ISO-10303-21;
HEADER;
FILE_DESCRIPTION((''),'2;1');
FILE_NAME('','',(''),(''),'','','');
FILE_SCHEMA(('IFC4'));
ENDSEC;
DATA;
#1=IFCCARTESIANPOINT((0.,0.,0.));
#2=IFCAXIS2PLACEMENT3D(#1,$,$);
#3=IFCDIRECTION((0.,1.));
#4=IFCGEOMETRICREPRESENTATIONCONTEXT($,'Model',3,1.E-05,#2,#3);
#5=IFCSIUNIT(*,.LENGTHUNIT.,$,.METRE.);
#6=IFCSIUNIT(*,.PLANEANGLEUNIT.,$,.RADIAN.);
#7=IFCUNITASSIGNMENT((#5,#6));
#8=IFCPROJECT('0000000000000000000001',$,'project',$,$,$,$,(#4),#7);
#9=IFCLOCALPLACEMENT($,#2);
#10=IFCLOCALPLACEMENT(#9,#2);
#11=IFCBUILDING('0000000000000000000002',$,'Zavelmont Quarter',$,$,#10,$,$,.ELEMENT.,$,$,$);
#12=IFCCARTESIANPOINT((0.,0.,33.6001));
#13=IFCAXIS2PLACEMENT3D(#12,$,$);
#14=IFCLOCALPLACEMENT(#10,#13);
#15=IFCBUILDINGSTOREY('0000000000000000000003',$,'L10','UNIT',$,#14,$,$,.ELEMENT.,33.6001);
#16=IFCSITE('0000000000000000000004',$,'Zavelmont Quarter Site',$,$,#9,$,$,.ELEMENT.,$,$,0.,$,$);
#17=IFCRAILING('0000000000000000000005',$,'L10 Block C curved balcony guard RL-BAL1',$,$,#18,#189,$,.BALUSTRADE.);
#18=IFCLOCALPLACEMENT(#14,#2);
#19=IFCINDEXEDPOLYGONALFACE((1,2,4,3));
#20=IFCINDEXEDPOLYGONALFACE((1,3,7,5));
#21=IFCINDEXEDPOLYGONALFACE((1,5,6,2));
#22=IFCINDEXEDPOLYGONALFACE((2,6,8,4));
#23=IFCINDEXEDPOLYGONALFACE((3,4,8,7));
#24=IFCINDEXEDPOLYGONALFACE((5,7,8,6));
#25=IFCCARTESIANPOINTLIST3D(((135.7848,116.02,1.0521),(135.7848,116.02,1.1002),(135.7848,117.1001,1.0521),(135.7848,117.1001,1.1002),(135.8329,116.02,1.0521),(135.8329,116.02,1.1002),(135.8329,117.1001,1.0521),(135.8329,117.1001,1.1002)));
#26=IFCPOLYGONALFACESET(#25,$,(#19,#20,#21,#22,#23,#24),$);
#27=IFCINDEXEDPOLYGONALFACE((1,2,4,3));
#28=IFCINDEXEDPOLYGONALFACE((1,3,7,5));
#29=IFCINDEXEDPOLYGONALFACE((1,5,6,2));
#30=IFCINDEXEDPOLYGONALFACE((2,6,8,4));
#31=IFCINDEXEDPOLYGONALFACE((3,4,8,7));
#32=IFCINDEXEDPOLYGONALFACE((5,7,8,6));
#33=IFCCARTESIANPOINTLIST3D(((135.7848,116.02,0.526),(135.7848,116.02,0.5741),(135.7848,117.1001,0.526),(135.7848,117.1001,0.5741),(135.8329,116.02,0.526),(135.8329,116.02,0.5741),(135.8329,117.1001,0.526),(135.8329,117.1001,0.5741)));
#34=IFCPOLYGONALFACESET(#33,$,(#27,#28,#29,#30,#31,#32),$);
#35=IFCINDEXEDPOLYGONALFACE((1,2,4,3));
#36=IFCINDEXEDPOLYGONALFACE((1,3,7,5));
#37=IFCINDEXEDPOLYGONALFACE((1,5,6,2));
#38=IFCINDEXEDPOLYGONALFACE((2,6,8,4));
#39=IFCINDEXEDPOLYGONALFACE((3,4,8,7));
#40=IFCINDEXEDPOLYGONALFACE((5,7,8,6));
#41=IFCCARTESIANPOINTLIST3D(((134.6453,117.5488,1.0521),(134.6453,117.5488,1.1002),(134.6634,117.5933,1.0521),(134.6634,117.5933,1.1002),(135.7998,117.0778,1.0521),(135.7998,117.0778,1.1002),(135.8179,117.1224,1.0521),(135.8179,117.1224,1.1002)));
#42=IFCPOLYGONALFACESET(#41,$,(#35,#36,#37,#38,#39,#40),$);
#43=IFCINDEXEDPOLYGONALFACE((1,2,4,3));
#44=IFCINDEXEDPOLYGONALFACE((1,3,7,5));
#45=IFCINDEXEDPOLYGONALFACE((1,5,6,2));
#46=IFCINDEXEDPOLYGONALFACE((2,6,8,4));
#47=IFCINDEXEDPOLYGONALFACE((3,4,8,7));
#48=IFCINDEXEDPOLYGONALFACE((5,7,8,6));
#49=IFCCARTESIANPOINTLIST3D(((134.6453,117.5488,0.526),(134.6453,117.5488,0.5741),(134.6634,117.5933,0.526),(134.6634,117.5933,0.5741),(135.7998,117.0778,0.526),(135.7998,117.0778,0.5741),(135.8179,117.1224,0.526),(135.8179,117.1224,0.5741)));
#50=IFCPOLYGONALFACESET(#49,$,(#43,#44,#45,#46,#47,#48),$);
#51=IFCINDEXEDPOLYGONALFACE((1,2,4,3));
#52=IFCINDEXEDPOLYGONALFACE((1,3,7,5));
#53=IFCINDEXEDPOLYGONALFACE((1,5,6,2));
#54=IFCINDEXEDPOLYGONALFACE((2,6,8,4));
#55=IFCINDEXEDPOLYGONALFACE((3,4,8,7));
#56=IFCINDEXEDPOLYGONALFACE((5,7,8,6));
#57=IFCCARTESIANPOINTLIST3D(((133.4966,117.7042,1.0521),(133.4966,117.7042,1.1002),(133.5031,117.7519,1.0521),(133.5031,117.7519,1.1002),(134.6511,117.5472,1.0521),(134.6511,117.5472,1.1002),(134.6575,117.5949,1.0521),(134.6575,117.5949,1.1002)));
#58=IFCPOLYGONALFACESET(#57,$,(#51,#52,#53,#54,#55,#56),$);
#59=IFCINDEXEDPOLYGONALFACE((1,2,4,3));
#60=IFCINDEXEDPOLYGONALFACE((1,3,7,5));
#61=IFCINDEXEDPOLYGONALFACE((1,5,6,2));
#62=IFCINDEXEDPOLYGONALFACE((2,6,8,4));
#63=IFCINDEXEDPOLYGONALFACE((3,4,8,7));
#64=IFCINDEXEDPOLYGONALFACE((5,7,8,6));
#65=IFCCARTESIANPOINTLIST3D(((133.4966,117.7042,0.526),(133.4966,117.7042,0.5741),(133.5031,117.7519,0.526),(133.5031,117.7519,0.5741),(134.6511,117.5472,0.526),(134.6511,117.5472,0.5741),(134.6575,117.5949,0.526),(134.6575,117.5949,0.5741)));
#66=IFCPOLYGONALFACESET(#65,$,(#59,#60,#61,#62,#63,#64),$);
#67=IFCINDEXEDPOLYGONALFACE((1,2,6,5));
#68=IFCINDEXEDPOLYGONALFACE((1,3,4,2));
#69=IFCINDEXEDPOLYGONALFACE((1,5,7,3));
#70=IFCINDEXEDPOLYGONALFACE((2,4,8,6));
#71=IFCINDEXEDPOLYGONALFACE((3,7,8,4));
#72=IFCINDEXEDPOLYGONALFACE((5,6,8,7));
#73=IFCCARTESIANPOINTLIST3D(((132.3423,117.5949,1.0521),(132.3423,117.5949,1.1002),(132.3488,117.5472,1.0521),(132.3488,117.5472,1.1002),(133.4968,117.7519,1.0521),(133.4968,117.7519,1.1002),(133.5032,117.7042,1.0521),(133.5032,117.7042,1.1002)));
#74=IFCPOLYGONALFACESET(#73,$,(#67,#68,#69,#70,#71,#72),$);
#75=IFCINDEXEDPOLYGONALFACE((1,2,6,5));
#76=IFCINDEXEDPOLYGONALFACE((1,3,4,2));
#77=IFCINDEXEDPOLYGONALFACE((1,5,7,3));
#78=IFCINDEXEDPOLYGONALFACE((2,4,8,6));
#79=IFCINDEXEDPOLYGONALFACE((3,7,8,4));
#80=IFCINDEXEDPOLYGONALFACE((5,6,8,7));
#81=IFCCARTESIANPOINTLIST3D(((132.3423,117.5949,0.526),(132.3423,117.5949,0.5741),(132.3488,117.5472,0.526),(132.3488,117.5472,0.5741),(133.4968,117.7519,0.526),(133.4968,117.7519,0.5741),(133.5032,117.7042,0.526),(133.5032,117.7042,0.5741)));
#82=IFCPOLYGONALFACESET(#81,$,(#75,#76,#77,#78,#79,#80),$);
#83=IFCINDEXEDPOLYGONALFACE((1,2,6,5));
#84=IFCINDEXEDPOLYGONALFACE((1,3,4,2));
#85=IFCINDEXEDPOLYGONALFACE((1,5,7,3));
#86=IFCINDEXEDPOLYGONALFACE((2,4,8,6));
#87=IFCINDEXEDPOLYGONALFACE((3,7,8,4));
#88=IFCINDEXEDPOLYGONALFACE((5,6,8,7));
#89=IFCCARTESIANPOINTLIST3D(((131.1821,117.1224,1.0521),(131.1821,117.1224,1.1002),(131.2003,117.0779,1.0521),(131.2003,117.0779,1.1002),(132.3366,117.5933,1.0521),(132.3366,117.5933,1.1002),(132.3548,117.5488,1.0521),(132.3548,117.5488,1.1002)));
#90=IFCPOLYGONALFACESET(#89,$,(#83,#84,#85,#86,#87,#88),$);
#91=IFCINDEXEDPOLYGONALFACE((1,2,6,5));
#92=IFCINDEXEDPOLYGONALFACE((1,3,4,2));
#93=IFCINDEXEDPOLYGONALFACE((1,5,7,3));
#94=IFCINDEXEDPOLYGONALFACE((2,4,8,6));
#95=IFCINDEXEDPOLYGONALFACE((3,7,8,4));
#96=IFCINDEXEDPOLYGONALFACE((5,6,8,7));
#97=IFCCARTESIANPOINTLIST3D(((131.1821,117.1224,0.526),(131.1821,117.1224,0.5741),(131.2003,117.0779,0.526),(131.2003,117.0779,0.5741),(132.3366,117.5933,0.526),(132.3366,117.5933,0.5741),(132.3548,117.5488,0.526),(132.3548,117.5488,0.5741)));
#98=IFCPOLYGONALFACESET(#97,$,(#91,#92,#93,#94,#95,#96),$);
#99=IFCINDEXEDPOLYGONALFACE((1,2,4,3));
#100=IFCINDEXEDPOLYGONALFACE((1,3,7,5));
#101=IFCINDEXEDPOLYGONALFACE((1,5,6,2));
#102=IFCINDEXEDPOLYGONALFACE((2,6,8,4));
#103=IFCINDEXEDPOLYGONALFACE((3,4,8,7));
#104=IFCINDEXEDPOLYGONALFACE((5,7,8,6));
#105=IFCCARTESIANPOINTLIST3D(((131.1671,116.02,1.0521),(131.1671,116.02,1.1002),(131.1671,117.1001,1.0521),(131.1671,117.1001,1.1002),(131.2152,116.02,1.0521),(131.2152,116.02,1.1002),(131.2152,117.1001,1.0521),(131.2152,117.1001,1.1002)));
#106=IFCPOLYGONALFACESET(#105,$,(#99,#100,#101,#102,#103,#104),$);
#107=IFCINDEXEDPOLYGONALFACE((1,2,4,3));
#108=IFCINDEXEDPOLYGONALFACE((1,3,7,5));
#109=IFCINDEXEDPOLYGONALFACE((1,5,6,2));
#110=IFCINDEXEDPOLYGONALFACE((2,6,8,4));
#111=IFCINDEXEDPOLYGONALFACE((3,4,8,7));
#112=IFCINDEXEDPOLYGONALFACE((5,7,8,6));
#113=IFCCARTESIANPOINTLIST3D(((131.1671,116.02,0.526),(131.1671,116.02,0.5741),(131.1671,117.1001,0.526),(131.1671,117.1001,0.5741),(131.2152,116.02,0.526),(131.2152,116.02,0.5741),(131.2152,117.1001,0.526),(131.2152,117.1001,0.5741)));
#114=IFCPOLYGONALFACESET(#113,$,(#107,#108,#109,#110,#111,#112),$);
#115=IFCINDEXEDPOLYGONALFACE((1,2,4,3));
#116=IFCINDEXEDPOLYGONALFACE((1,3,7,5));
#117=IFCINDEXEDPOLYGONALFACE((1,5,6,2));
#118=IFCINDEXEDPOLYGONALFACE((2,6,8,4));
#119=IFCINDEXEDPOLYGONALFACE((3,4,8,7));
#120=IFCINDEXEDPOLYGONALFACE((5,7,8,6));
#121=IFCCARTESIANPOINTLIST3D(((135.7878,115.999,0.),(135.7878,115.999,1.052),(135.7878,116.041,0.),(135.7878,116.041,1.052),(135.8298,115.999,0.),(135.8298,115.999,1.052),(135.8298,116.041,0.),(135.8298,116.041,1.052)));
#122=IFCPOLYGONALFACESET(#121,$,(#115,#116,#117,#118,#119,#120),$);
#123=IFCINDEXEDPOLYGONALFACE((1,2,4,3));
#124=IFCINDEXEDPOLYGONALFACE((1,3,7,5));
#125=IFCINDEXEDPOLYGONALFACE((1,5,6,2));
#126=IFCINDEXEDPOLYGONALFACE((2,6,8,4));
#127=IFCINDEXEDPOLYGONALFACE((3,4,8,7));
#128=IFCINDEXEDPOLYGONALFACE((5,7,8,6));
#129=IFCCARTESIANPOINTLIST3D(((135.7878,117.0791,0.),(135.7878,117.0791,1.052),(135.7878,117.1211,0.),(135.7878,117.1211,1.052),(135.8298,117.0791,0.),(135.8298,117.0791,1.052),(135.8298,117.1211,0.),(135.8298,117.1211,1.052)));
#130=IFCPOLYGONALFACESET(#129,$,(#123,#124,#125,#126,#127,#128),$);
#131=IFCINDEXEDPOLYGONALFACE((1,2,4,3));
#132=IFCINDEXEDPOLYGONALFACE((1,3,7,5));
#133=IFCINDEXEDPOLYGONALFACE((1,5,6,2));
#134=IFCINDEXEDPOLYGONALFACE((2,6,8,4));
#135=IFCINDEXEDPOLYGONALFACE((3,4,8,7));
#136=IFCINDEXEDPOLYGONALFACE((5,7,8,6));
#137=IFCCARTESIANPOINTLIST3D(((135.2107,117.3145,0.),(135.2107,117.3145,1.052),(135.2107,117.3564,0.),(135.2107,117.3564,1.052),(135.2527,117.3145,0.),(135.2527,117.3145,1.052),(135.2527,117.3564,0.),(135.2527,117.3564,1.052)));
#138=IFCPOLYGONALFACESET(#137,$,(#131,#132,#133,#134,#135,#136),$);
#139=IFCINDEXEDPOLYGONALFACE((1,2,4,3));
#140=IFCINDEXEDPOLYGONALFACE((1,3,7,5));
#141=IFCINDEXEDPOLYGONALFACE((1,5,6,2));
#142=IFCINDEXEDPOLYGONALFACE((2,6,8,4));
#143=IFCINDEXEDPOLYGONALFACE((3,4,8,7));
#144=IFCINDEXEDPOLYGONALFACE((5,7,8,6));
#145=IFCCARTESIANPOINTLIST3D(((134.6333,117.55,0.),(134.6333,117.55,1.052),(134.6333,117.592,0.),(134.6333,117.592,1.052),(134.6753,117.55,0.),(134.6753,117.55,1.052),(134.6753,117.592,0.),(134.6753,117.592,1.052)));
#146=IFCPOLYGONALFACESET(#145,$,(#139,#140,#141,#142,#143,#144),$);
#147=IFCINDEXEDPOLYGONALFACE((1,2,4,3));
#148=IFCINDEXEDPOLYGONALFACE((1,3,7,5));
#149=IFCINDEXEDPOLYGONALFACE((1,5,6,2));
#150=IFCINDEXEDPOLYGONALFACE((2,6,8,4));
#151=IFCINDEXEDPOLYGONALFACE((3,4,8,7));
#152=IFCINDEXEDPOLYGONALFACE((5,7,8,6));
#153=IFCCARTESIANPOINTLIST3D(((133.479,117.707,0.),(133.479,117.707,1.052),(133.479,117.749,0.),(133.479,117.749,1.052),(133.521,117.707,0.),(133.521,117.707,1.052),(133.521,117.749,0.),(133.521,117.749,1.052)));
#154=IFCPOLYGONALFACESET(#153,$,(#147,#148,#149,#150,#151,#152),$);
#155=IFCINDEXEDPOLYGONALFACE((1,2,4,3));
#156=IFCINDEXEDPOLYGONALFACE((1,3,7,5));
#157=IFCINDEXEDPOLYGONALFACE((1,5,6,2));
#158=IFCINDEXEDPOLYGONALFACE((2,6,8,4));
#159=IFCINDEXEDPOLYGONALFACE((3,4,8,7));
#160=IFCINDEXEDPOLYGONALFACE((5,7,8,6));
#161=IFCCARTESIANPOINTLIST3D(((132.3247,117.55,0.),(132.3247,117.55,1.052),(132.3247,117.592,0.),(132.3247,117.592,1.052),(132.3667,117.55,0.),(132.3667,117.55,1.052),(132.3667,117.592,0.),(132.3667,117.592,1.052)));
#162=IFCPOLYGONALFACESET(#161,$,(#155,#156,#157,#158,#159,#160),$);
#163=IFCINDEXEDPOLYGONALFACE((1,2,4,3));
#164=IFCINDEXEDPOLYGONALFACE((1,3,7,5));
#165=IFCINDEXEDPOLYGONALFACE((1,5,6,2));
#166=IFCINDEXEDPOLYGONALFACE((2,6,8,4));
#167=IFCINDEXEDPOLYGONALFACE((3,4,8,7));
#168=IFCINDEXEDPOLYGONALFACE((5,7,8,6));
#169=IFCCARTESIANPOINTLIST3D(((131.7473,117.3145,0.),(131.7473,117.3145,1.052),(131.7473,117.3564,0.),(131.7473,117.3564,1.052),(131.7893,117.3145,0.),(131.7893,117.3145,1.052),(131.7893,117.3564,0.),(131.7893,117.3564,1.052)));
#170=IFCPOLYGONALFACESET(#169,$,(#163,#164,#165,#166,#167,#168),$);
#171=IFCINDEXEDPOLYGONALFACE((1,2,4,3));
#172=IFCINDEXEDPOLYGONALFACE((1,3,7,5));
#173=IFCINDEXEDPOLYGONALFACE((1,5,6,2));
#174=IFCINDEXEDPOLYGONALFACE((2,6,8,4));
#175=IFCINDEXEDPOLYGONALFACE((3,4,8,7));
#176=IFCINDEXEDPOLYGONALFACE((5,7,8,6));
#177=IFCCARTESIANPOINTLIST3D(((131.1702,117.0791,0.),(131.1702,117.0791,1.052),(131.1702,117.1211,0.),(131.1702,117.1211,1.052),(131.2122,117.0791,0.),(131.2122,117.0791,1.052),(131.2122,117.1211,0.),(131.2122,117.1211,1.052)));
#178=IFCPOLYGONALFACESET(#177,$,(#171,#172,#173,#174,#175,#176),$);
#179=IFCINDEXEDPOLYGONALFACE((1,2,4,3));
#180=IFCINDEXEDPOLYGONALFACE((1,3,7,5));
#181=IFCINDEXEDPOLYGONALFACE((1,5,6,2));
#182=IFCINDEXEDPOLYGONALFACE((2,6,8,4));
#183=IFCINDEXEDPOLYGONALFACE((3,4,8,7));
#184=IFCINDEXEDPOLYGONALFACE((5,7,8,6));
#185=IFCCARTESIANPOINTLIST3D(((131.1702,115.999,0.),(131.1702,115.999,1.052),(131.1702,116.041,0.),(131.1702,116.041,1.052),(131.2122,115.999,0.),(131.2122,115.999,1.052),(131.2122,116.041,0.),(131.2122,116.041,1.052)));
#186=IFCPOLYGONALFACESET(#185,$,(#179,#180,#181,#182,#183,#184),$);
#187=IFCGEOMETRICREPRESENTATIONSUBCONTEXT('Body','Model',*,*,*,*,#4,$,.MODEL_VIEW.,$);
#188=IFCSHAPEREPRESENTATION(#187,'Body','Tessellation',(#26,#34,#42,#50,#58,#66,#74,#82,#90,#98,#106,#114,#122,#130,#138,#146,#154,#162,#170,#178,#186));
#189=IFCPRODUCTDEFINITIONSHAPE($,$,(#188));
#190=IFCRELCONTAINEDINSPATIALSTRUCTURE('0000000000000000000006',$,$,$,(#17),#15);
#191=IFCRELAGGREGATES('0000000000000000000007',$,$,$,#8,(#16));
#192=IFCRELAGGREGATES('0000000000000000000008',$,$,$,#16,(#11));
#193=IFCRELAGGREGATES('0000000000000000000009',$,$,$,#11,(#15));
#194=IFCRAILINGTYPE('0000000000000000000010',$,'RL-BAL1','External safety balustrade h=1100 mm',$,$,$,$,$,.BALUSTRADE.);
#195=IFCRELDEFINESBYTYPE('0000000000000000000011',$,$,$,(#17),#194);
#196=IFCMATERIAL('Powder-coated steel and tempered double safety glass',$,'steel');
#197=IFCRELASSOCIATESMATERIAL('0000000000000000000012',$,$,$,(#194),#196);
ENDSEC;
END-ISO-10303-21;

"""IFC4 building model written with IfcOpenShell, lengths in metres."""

from ifc_helpers import new_model, si_unit, direction, frame, origin, origin_2d, place, context, subcontext, project, spatial, rectangle, extrude, material, type_object, element, save


model = new_model("IFC4")

# Units and contexts
model_context = context("Model", 3, precision=1e-05, world=origin(), true_north=direction((0.0, 1.0)))
body_context = subcontext(model_context, "Body", "Model", "MODEL_VIEW")
ifc_project = project(units=[si_unit("LENGTHUNIT", "METRE"), si_unit("PLANEANGLEUNIT", "RADIAN")], contexts=[model_context])

# Site, building, storey
site_placement = place(None, origin())
site = spatial("IfcSite", under=ifc_project, at=site_placement, Name="Zavelmont Quarter Site", CompositionType="ELEMENT", RefElevation=0.0)
building_placement = place(site_placement, origin())
building = spatial("IfcBuilding", under=site, at=building_placement, Name="Zavelmont Quarter", CompositionType="ELEMENT")
storey_placement = place(building_placement, frame((0.0, 0.0, 33.6001)))
storey = spatial("IfcBuildingStorey", under=building, at=storey_placement, Name="L10", Description="UNIT", CompositionType="ELEMENT", Elevation=33.6001)

# Railing
ifc_material_1 = material(Name="Powder-coated steel and tempered double safety glass", Category="steel")
railing_type = type_object("IfcRailingType", Name="RL-BAL1", Description="External safety balustrade h=1100 mm", PredefinedType="BALUSTRADE", material=ifc_material_1)
railing_placement = place(storey_placement, frame((135.8088, 116.02, 0.0)))
element("IfcRailing", 1, at=railing_placement, inside=storey, type_object=railing_type, Name="L10 Block C curved balcony guard RL-BAL1", PredefinedType="BALUSTRADE", context=body_context, shape_type="SweptSolid", body=[
    extrude(rectangle(XDim=0.0481, YDim=0.0481, at=origin_2d()), frame((0.0, 0.0, 1.0762), z_axis=(0.0, 1.0, 0.0), x_axis=(-1.0, 0.0, 0.0)), (0.0, 0.0, 1.0), 1.0801),
    extrude(rectangle(XDim=0.0481, YDim=0.0481, at=origin_2d()), frame((0.0, 0.0, 0.55), z_axis=(0.0, 1.0, 0.0), x_axis=(-1.0, 0.0, 0.0)), (0.0, 0.0, 1.0), 1.0801),
    extrude(rectangle(XDim=0.0481, YDim=0.0481, at=origin_2d()), frame((0.0, 1.0801, 1.0762), z_axis=(-0.92593, 0.377695, 0.0), x_axis=(-0.377695, -0.92593, 0.0)), (0.0, 0.0, 1.0), 1.2468),
    extrude(rectangle(XDim=0.0481, YDim=0.0481, at=origin_2d()), frame((0.0, 1.0801, 0.55), z_axis=(-0.92593, 0.377695, 0.0), x_axis=(-0.377695, -0.92593, 0.0)), (0.0, 0.0, 1.0), 1.2468),
    extrude(rectangle(XDim=0.0481, YDim=0.0481, at=origin_2d()), frame((-1.1545, 1.551, 1.0762), z_axis=(-0.990879, 0.134758, 0.0), x_axis=(-0.134758, -0.990879, 0.0)), (0.0, 0.0, 1.0), 1.165),
    extrude(rectangle(XDim=0.0481, YDim=0.0481, at=origin_2d()), frame((-1.1545, 1.551, 0.55), z_axis=(-0.990879, 0.134758, 0.0), x_axis=(-0.134758, -0.990879, 0.0)), (0.0, 0.0, 1.0), 1.165),
    extrude(rectangle(XDim=0.0481, YDim=0.0481, at=origin_2d()), frame((-2.3088, 1.708, 1.0762), z_axis=(-0.990879, -0.134758, 0.0), x_axis=(0.134758, -0.990879, 0.0)), (0.0, 0.0, 1.0), 1.165),
    extrude(rectangle(XDim=0.0481, YDim=0.0481, at=origin_2d()), frame((-2.3088, 1.708, 0.55), z_axis=(-0.990879, -0.134758, 0.0), x_axis=(0.134758, -0.990879, 0.0)), (0.0, 0.0, 1.0), 1.165),
    extrude(rectangle(XDim=0.0481, YDim=0.0481, at=origin_2d()), frame((-3.4631, 1.551, 1.0762), z_axis=(-0.92593, -0.377695, 0.0), x_axis=(0.377695, -0.92593, 0.0)), (0.0, 0.0, 1.0), 1.2468),
    extrude(rectangle(XDim=0.0481, YDim=0.0481, at=origin_2d()), frame((-3.4631, 1.551, 0.55), z_axis=(-0.92593, -0.377695, 0.0), x_axis=(0.377695, -0.92593, 0.0)), (0.0, 0.0, 1.0), 1.2468),
    extrude(rectangle(XDim=0.0481, YDim=0.0481, at=origin_2d()), frame((-4.6177, 1.0801, 1.0762), z_axis=(0.0, -1.0, 0.0), x_axis=(1.0, 0.0, 0.0)), (0.0, 0.0, 1.0), 1.0801),
    extrude(rectangle(XDim=0.0481, YDim=0.0481, at=origin_2d()), frame((-4.6177, 1.0801, 0.55), z_axis=(0.0, -1.0, 0.0), x_axis=(1.0, 0.0, 0.0)), (0.0, 0.0, 1.0), 1.0801),
    extrude(rectangle(XDim=0.042, YDim=0.042, at=origin_2d()), origin(), (0.0, 0.0, 1.0), 1.052),
    extrude(rectangle(XDim=0.042, YDim=0.042, at=origin_2d()), frame((0.0, 1.0801, 0.0)), (0.0, 0.0, 1.0), 1.052),
    extrude(rectangle(XDim=0.042, YDim=0.042, at=origin_2d()), frame((-0.5771, 1.3154, 0.0)), (0.0, 0.0, 1.0), 1.052),
    extrude(rectangle(XDim=0.042, YDim=0.042, at=origin_2d()), frame((-1.1545, 1.551, 0.0)), (0.0, 0.0, 1.0), 1.052),
    extrude(rectangle(XDim=0.042, YDim=0.042, at=origin_2d()), frame((-2.3088, 1.708, 0.0)), (0.0, 0.0, 1.0), 1.052),
    extrude(rectangle(XDim=0.042, YDim=0.042, at=origin_2d()), frame((-3.4631, 1.551, 0.0)), (0.0, 0.0, 1.0), 1.052),
    extrude(rectangle(XDim=0.042, YDim=0.042, at=origin_2d()), frame((-4.0405, 1.3154, 0.0)), (0.0, 0.0, 1.0), 1.052),
    extrude(rectangle(XDim=0.042, YDim=0.042, at=origin_2d()), frame((-4.6177, 1.0801, 0.0)), (0.0, 0.0, 1.0), 1.052),
    extrude(rectangle(XDim=0.042, YDim=0.042, at=origin_2d()), frame((-4.6177, 0.0, 0.0)), (0.0, 0.0, 1.0), 1.052),
])

save(model, "model.ifc")
